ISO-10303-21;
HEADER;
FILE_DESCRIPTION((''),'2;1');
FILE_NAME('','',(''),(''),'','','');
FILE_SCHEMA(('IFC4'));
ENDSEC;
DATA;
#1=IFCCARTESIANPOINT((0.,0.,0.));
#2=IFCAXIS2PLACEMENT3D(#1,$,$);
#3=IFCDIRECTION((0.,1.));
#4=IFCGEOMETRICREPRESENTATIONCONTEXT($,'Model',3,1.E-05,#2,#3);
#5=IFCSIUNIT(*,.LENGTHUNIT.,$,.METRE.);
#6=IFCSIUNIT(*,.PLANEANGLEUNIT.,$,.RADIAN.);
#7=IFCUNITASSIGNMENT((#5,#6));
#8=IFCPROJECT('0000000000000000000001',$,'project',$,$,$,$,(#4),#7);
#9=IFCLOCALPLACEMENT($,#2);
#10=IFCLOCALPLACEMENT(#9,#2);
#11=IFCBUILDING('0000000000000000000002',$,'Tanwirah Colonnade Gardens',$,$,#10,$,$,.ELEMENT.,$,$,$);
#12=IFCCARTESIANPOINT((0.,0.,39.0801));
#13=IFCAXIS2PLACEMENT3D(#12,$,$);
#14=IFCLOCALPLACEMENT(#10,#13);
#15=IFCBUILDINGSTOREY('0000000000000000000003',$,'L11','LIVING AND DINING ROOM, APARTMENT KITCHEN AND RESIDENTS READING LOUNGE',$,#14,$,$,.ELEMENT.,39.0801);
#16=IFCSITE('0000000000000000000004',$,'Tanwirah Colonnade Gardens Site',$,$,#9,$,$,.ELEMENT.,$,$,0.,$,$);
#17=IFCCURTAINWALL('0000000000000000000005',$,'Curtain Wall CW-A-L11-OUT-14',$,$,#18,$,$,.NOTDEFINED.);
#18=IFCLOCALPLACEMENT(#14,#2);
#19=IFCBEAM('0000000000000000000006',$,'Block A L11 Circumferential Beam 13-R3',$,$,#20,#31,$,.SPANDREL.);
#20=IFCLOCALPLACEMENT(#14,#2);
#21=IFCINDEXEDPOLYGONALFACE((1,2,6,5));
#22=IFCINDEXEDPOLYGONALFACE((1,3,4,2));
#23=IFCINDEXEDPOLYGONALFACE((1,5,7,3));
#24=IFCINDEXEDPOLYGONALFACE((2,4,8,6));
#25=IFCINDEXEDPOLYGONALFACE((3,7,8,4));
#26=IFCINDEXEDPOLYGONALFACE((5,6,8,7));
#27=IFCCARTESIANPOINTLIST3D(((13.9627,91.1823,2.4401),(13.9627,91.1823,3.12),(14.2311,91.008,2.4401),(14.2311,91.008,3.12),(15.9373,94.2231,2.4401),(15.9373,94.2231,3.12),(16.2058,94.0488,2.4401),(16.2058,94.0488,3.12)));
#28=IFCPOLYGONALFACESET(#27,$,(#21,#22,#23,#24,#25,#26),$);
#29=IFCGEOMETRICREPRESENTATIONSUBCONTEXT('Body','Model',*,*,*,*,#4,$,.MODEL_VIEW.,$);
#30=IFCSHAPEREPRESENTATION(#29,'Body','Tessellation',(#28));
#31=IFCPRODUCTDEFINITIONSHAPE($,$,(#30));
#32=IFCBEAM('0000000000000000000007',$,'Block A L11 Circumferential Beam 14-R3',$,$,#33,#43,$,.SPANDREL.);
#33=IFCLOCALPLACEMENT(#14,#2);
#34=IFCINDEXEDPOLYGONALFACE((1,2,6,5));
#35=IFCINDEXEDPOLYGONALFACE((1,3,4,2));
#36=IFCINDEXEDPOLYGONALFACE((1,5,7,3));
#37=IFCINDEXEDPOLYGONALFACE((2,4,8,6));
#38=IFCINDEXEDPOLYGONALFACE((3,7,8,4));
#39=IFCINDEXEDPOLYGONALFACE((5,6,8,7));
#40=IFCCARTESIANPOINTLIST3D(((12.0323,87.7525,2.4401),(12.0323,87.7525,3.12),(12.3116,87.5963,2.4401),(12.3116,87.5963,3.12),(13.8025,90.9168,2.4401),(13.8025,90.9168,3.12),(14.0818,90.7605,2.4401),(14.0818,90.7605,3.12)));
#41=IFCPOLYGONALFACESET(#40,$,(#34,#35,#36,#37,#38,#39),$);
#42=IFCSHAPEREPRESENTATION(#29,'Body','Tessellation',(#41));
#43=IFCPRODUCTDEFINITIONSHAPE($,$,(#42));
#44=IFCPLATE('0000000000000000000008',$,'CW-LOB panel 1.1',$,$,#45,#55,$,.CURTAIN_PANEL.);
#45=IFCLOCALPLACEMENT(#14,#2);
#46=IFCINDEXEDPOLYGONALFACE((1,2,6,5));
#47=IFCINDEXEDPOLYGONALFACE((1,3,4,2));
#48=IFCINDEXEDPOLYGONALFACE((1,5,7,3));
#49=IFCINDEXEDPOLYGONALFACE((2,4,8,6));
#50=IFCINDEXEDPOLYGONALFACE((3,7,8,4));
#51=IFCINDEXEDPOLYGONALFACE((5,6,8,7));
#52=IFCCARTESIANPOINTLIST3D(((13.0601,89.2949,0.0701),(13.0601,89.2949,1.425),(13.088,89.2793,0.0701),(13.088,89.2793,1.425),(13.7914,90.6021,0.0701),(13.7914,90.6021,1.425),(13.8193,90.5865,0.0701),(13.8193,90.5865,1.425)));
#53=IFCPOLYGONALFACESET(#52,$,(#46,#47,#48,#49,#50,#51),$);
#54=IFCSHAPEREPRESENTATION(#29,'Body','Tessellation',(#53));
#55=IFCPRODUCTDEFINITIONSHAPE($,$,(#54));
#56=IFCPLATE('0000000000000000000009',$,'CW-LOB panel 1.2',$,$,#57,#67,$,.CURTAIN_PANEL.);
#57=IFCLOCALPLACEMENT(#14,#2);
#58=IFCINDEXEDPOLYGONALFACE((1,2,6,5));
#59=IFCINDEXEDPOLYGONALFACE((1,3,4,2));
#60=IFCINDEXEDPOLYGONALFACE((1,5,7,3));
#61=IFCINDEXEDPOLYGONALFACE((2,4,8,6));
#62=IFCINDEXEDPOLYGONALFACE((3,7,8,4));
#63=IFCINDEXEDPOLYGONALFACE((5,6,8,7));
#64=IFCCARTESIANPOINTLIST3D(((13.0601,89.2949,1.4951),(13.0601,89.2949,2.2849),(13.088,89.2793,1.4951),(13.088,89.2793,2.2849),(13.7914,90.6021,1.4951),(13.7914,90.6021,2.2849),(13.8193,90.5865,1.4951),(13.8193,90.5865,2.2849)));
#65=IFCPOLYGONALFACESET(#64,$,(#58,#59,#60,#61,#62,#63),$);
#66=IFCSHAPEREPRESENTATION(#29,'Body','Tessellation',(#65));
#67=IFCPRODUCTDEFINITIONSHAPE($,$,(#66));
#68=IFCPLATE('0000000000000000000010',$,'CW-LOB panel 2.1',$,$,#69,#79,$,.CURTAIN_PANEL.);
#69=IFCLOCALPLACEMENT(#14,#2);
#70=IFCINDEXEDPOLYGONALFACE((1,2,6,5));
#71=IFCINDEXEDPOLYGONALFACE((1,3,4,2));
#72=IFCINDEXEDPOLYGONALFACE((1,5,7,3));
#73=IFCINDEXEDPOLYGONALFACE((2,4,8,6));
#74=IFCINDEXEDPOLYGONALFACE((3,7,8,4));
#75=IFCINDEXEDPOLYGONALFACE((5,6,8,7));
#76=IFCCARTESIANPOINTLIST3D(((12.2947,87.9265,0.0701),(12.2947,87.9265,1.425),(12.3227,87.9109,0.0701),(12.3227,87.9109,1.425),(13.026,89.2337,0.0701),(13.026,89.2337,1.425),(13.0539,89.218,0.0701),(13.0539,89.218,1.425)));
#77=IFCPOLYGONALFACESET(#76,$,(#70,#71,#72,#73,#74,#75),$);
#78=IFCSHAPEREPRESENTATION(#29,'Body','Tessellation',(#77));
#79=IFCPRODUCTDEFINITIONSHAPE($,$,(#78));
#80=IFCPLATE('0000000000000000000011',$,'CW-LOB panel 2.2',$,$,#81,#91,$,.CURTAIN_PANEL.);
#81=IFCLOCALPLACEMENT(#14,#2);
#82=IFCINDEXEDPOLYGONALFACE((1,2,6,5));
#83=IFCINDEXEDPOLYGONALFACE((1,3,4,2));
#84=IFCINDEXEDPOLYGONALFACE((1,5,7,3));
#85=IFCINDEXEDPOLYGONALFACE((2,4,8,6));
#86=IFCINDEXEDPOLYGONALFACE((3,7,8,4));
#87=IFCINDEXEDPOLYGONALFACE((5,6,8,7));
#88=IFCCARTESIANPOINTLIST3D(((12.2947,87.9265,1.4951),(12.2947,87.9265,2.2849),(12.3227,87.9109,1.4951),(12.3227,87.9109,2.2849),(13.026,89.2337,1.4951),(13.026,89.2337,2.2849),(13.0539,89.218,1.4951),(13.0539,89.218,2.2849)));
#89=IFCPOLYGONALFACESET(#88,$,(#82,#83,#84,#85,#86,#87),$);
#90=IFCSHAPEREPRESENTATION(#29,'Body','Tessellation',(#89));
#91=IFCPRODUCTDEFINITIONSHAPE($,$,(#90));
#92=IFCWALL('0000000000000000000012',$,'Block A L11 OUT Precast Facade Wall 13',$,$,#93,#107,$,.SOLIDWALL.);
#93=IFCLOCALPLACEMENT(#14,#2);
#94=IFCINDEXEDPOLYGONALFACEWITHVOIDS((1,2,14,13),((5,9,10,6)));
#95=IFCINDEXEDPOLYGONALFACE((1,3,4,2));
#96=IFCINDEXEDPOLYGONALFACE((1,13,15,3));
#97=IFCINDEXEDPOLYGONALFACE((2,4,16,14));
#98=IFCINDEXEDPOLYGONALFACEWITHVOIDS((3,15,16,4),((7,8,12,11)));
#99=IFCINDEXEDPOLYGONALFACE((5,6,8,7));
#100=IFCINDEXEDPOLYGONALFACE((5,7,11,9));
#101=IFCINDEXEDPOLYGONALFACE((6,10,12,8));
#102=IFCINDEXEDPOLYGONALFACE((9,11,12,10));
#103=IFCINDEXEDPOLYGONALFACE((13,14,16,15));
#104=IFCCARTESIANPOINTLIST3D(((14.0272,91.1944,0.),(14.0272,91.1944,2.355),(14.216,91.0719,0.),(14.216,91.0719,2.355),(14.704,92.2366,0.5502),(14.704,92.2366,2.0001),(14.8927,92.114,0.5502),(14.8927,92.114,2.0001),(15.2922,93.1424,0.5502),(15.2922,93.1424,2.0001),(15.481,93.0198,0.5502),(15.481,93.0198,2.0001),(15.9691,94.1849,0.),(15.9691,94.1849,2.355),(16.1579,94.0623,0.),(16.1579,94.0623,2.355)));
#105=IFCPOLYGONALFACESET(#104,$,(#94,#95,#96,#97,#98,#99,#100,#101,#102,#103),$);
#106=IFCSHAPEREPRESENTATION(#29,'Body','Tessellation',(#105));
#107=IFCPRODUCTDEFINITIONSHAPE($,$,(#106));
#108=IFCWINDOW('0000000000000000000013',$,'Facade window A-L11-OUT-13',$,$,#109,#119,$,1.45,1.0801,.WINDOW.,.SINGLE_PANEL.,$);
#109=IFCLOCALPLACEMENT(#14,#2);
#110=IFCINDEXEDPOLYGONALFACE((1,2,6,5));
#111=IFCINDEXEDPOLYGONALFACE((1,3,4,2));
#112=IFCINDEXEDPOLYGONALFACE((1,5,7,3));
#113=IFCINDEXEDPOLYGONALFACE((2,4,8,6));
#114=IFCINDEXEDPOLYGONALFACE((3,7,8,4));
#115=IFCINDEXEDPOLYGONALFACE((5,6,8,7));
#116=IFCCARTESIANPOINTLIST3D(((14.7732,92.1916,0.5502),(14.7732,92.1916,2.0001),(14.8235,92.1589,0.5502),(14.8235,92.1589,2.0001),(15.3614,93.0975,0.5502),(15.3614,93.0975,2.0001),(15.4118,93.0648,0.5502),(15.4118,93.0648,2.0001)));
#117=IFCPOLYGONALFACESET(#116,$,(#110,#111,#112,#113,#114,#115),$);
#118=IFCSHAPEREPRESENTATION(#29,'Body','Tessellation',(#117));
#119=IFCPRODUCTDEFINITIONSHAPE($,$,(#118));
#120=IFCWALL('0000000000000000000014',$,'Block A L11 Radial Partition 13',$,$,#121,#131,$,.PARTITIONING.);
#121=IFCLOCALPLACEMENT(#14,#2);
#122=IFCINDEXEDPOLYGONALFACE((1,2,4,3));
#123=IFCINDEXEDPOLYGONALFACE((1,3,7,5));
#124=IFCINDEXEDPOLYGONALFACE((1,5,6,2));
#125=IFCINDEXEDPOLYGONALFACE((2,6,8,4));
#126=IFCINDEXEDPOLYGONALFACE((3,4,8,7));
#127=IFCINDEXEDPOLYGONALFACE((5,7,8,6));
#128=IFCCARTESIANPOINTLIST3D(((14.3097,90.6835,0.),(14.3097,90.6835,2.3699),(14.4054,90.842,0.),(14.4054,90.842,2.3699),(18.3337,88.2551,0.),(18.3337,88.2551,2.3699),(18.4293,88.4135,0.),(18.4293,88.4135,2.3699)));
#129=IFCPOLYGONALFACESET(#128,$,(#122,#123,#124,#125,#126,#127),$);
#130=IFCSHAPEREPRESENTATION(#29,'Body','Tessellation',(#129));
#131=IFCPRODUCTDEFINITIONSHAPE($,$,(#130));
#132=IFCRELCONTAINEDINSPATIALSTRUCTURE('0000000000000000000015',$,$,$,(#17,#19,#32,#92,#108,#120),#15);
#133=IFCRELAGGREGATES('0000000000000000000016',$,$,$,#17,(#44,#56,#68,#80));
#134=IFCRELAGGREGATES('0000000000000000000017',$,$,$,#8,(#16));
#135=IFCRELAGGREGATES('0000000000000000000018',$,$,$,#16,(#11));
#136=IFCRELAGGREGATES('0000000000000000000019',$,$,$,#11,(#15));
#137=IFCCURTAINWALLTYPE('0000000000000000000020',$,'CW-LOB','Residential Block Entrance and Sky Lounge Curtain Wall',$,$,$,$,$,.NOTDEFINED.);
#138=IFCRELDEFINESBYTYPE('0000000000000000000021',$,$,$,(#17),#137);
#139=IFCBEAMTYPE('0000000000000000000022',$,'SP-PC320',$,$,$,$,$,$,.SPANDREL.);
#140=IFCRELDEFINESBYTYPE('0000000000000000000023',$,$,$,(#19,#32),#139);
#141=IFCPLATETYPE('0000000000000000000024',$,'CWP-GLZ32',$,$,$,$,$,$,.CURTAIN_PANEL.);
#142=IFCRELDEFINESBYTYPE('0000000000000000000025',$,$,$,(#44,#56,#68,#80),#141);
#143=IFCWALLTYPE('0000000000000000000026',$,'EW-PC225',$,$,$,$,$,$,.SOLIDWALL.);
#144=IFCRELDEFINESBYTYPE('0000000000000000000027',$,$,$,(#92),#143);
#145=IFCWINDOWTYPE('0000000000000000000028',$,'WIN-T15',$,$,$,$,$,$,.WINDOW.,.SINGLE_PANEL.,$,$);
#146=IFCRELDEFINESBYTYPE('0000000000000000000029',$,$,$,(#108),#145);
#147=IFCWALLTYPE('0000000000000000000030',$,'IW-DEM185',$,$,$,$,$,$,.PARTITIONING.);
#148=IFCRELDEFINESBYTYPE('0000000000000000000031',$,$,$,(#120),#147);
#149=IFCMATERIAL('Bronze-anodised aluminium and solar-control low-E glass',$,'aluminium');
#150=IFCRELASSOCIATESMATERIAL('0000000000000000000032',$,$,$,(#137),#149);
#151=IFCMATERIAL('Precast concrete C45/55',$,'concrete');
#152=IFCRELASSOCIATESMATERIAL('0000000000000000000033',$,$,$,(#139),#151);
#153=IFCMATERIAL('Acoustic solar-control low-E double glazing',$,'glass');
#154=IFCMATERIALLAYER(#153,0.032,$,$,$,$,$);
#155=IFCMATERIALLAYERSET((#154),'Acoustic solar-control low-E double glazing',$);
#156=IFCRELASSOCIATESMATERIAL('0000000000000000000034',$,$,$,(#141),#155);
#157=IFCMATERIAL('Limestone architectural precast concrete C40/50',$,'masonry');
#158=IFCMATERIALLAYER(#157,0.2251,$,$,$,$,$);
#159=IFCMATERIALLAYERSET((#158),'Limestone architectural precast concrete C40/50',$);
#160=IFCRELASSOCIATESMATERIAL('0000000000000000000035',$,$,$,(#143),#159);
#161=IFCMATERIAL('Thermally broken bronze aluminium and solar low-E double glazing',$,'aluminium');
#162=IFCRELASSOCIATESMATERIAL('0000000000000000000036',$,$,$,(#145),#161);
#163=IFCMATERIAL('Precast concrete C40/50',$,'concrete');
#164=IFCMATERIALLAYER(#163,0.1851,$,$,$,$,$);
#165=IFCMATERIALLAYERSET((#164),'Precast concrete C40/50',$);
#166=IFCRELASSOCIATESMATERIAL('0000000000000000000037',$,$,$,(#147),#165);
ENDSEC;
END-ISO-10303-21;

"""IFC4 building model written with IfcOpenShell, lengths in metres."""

from ifc_helpers import new_model, si_unit, direction, frame, frame_2d, origin, origin_2d, place, context, subcontext, project, spatial, rectangle, extrude, material, layer, layer_set, material_profile, profile_set, type_object, element, fill, aggregate, save


model = new_model("IFC4")

# Units and contexts
model_context = context("Model", 3, precision=1e-05, world=origin(), true_north=direction((0.0, 1.0)))
body_context = subcontext(model_context, "Body", "Model", "MODEL_VIEW")
ifc_project = project(units=[si_unit("LENGTHUNIT", "METRE"), si_unit("PLANEANGLEUNIT", "RADIAN")], contexts=[model_context])

# Site, building, storey
site_placement = place(None, origin())
site = spatial("IfcSite", under=ifc_project, at=site_placement, Name="Tanwirah Colonnade Gardens Site", CompositionType="ELEMENT", RefElevation=0.0)
building_placement = place(site_placement, origin())
building = spatial("IfcBuilding", under=site, at=building_placement, Name="Tanwirah Colonnade Gardens", CompositionType="ELEMENT")
storey_placement = place(building_placement, frame((0.0, 0.0, 39.0801)))
storey = spatial("IfcBuildingStorey", under=building, at=storey_placement, Name="L11", Description="LIVING AND DINING ROOM, APARTMENT KITCHEN AND RESIDENTS READING LOUNGE", CompositionType="ELEMENT", Elevation=39.0801)

# Shared definitions
ifc_material_1 = material(Name="Precast concrete C40/50", Category="concrete")

# Shared definitions
ifc_material_2 = material(Name="Precast concrete C45/55", Category="concrete")

# Curtain wall
ifc_material_3 = material(Name="Bronze-anodised aluminium and solar-control low-E glass", Category="aluminium")
curtain_wall_type = type_object("IfcCurtainWallType", Name="CW-LOB", Description="Residential Block Entrance and Sky Lounge Curtain Wall", PredefinedType="NOTDEFINED", material=ifc_material_3)
curtain_wall_placement = place(storey_placement, origin())
curtain_wall = element("IfcCurtainWall", 1, at=curtain_wall_placement, inside=storey, type_object=curtain_wall_type, Name="Curtain Wall CW-A-L11-OUT-14", PredefinedType="NOTDEFINED")

# Beams
ifc_material_profile_1 = material_profile(ifc_material_2, rectangle(XDim=0.3201, YDim=0.6799, at=origin_2d()), Name="PC-SP 320x680")
ifc_profile_set_1 = profile_set([ifc_material_profile_1], Name="Precast concrete C45/55")
beam_type_1 = type_object("IfcBeamType", Name="SP-PC320", PredefinedType="SPANDREL", material=ifc_profile_set_1)
for number, where, z_axis, x_axis, name in (
    (2, (16.0715, 94.136, 2.78), (-0.544621, -0.838682, 0.0), (0.838682, -0.544621, 0.0), "Block A L11 Circumferential Beam 13-R3"),
    (3, (13.9421, 90.8386, 2.78), (-0.488236, -0.872711, 0.0), (0.872711, -0.488236, 0.0), "Block A L11 Circumferential Beam 14-R3"),
):
    element("IfcBeam", number, at=place(storey_placement, frame(where, z_axis=z_axis, x_axis=x_axis)), inside=storey, type_object=beam_type_1, Name=name, PredefinedType="SPANDREL", context=body_context, shape_type="SweptSolid", body=[
        extrude(rectangle(XDim=0.3201, YDim=0.6799, at=origin_2d()), origin(), (0.0, 0.0, 1.0), 3.6257),
    ])

# Plates
ifc_material_4 = material(Name="Acoustic solar-control low-E double glazing", Category="glass")
ifc_layer_1 = layer(ifc_material_4, 0.032)
ifc_layer_set_1 = layer_set([ifc_layer_1], Name="Acoustic solar-control low-E double glazing")
plate_type = type_object("IfcPlateType", Name="CWP-GLZ32", PredefinedType="CURTAIN_PANEL", material=ifc_layer_set_1)
plate_1_placement = place(storey_placement, frame((13.4397, 89.9407, 0.0701), z_axis=(0.0, 0.0, 1.0), x_axis=(-0.488199, -0.872732, 0.0)))
plate_1 = element("IfcPlate", 4, at=plate_1_placement, type_object=plate_type, Name="CW-LOB panel 1.1", PredefinedType="CURTAIN_PANEL", context=body_context, shape_type="SweptSolid", body=[
    extrude(rectangle(XDim=1.4978, YDim=0.032, at=origin_2d()), origin(), (0.0, 0.0, 1.0), 1.355),
])
plate_2_placement = place(storey_placement, frame((13.4397, 89.9407, 1.4951), z_axis=(0.0, 0.0, 1.0), x_axis=(-0.488199, -0.872732, 0.0)))
plate_2 = element("IfcPlate", 5, at=plate_2_placement, type_object=plate_type, Name="CW-LOB panel 1.2", PredefinedType="CURTAIN_PANEL", context=body_context, shape_type="SweptSolid", body=[
    extrude(rectangle(XDim=1.4978, YDim=0.032, at=origin_2d()), origin(), (0.0, 0.0, 1.0), 0.7898),
])
plate_3_placement = place(storey_placement, frame((12.6743, 88.5723, 0.0701), z_axis=(0.0, 0.0, 1.0), x_axis=(-0.488199, -0.872732, 0.0)))
plate_3 = element("IfcPlate", 6, at=plate_3_placement, type_object=plate_type, Name="CW-LOB panel 2.1", PredefinedType="CURTAIN_PANEL", context=body_context, shape_type="SweptSolid", body=[
    extrude(rectangle(XDim=1.4978, YDim=0.032, at=origin_2d()), origin(), (0.0, 0.0, 1.0), 1.355),
])
plate_4_placement = place(storey_placement, frame((12.6743, 88.5723, 1.4951), z_axis=(0.0, 0.0, 1.0), x_axis=(-0.488199, -0.872732, 0.0)))
plate_4 = element("IfcPlate", 7, at=plate_4_placement, type_object=plate_type, Name="CW-LOB panel 2.2", PredefinedType="CURTAIN_PANEL", context=body_context, shape_type="SweptSolid", body=[
    extrude(rectangle(XDim=1.4978, YDim=0.032, at=origin_2d()), origin(), (0.0, 0.0, 1.0), 0.7898),
])
aggregate(curtain_wall, [plate_1, plate_2, plate_3, plate_4])

# Wall, opening, window
ifc_material_5 = material(Name="Limestone architectural precast concrete C40/50", Category="masonry")
ifc_layer_2 = layer(ifc_material_5, 0.2251)
ifc_layer_set_2 = layer_set([ifc_layer_2], Name="Limestone architectural precast concrete C40/50")
wall_type_1 = type_object("IfcWallType", Name="EW-PC225", PredefinedType="SOLIDWALL", material=ifc_layer_set_2)
wall_1_placement = place(storey_placement, frame((16.0635, 94.1235, 0.0), z_axis=(0.0, 0.0, 1.0), x_axis=(-0.54461, -0.838689, 0.0)))
wall_1 = element("IfcWall", 8, at=wall_1_placement, inside=storey, type_object=wall_type_1, Name="Block A L11 OUT Precast Facade Wall 13", PredefinedType="SOLIDWALL", context=body_context, shape_type="SweptSolid", body=[
    extrude(rectangle(XDim=3.5657, YDim=0.2251, at=frame_2d((1.7827, 0.0))), origin(), (0.0, 0.0, 1.0), 2.355),
])
opening_placement = place(wall_1_placement, frame((1.2429, 0.0, 0.55)))
opening = element("IfcOpeningElement", 9, at=opening_placement, cuts=wall_1, PredefinedType="OPENING", context=body_context, shape_type="SweptSolid", body=[
    extrude(rectangle(XDim=1.0801, YDim=1.45, at=frame_2d((0.54, 0.7251))), frame((0.0, 0.1226, 0.0), z_axis=(0.0, -1.0, 0.0), x_axis=(1.0, 0.0, 0.0)), (0.0, 0.0, 1.0), 0.2451),
])
ifc_material_6 = material(Name="Thermally broken bronze aluminium and solar low-E double glazing", Category="aluminium")
window_type = type_object("IfcWindowType", Name="WIN-T15", PartitioningType="SINGLE_PANEL", PredefinedType="WINDOW", material=ifc_material_6)
window_placement = place(opening_placement, origin())
window = element("IfcWindow", 10, at=window_placement, inside=storey, type_object=window_type, Name="Facade window A-L11-OUT-13", OverallHeight=1.45, OverallWidth=1.0801, PartitioningType="SINGLE_PANEL", PredefinedType="WINDOW", context=body_context, shape_type="SweptSolid", body=[
    extrude(rectangle(XDim=1.0801, YDim=1.45, at=frame_2d((0.54, 0.7251))), frame((0.0, 0.03, 0.0), z_axis=(0.0, -1.0, 0.0), x_axis=(1.0, 0.0, 0.0)), (0.0, 0.0, 1.0), 0.0601),
])
fill(opening, window)

# Wall
ifc_layer_3 = layer(ifc_material_1, 0.1851)
ifc_layer_set_3 = layer_set([ifc_layer_3], Name="Precast concrete C40/50")
wall_type_2 = type_object("IfcWallType", Name="IW-DEM185", PredefinedType="PARTITIONING", material=ifc_layer_set_3)
wall_2_placement = place(storey_placement, frame((18.3816, 88.3342, 0.0), z_axis=(0.0, 0.0, 1.0), x_axis=(-0.856165, 0.516702, 0.0)))
element("IfcWall", 11, at=wall_2_placement, inside=storey, type_object=wall_type_2, Name="Block A L11 Radial Partition 13", PredefinedType="PARTITIONING", context=body_context, shape_type="SweptSolid", body=[
    extrude(rectangle(XDim=4.7, YDim=0.1851, at=frame_2d((2.3501, 0.0))), origin(), (0.0, 0.0, 1.0), 2.3699),
])

save(model, "model.ifc")
